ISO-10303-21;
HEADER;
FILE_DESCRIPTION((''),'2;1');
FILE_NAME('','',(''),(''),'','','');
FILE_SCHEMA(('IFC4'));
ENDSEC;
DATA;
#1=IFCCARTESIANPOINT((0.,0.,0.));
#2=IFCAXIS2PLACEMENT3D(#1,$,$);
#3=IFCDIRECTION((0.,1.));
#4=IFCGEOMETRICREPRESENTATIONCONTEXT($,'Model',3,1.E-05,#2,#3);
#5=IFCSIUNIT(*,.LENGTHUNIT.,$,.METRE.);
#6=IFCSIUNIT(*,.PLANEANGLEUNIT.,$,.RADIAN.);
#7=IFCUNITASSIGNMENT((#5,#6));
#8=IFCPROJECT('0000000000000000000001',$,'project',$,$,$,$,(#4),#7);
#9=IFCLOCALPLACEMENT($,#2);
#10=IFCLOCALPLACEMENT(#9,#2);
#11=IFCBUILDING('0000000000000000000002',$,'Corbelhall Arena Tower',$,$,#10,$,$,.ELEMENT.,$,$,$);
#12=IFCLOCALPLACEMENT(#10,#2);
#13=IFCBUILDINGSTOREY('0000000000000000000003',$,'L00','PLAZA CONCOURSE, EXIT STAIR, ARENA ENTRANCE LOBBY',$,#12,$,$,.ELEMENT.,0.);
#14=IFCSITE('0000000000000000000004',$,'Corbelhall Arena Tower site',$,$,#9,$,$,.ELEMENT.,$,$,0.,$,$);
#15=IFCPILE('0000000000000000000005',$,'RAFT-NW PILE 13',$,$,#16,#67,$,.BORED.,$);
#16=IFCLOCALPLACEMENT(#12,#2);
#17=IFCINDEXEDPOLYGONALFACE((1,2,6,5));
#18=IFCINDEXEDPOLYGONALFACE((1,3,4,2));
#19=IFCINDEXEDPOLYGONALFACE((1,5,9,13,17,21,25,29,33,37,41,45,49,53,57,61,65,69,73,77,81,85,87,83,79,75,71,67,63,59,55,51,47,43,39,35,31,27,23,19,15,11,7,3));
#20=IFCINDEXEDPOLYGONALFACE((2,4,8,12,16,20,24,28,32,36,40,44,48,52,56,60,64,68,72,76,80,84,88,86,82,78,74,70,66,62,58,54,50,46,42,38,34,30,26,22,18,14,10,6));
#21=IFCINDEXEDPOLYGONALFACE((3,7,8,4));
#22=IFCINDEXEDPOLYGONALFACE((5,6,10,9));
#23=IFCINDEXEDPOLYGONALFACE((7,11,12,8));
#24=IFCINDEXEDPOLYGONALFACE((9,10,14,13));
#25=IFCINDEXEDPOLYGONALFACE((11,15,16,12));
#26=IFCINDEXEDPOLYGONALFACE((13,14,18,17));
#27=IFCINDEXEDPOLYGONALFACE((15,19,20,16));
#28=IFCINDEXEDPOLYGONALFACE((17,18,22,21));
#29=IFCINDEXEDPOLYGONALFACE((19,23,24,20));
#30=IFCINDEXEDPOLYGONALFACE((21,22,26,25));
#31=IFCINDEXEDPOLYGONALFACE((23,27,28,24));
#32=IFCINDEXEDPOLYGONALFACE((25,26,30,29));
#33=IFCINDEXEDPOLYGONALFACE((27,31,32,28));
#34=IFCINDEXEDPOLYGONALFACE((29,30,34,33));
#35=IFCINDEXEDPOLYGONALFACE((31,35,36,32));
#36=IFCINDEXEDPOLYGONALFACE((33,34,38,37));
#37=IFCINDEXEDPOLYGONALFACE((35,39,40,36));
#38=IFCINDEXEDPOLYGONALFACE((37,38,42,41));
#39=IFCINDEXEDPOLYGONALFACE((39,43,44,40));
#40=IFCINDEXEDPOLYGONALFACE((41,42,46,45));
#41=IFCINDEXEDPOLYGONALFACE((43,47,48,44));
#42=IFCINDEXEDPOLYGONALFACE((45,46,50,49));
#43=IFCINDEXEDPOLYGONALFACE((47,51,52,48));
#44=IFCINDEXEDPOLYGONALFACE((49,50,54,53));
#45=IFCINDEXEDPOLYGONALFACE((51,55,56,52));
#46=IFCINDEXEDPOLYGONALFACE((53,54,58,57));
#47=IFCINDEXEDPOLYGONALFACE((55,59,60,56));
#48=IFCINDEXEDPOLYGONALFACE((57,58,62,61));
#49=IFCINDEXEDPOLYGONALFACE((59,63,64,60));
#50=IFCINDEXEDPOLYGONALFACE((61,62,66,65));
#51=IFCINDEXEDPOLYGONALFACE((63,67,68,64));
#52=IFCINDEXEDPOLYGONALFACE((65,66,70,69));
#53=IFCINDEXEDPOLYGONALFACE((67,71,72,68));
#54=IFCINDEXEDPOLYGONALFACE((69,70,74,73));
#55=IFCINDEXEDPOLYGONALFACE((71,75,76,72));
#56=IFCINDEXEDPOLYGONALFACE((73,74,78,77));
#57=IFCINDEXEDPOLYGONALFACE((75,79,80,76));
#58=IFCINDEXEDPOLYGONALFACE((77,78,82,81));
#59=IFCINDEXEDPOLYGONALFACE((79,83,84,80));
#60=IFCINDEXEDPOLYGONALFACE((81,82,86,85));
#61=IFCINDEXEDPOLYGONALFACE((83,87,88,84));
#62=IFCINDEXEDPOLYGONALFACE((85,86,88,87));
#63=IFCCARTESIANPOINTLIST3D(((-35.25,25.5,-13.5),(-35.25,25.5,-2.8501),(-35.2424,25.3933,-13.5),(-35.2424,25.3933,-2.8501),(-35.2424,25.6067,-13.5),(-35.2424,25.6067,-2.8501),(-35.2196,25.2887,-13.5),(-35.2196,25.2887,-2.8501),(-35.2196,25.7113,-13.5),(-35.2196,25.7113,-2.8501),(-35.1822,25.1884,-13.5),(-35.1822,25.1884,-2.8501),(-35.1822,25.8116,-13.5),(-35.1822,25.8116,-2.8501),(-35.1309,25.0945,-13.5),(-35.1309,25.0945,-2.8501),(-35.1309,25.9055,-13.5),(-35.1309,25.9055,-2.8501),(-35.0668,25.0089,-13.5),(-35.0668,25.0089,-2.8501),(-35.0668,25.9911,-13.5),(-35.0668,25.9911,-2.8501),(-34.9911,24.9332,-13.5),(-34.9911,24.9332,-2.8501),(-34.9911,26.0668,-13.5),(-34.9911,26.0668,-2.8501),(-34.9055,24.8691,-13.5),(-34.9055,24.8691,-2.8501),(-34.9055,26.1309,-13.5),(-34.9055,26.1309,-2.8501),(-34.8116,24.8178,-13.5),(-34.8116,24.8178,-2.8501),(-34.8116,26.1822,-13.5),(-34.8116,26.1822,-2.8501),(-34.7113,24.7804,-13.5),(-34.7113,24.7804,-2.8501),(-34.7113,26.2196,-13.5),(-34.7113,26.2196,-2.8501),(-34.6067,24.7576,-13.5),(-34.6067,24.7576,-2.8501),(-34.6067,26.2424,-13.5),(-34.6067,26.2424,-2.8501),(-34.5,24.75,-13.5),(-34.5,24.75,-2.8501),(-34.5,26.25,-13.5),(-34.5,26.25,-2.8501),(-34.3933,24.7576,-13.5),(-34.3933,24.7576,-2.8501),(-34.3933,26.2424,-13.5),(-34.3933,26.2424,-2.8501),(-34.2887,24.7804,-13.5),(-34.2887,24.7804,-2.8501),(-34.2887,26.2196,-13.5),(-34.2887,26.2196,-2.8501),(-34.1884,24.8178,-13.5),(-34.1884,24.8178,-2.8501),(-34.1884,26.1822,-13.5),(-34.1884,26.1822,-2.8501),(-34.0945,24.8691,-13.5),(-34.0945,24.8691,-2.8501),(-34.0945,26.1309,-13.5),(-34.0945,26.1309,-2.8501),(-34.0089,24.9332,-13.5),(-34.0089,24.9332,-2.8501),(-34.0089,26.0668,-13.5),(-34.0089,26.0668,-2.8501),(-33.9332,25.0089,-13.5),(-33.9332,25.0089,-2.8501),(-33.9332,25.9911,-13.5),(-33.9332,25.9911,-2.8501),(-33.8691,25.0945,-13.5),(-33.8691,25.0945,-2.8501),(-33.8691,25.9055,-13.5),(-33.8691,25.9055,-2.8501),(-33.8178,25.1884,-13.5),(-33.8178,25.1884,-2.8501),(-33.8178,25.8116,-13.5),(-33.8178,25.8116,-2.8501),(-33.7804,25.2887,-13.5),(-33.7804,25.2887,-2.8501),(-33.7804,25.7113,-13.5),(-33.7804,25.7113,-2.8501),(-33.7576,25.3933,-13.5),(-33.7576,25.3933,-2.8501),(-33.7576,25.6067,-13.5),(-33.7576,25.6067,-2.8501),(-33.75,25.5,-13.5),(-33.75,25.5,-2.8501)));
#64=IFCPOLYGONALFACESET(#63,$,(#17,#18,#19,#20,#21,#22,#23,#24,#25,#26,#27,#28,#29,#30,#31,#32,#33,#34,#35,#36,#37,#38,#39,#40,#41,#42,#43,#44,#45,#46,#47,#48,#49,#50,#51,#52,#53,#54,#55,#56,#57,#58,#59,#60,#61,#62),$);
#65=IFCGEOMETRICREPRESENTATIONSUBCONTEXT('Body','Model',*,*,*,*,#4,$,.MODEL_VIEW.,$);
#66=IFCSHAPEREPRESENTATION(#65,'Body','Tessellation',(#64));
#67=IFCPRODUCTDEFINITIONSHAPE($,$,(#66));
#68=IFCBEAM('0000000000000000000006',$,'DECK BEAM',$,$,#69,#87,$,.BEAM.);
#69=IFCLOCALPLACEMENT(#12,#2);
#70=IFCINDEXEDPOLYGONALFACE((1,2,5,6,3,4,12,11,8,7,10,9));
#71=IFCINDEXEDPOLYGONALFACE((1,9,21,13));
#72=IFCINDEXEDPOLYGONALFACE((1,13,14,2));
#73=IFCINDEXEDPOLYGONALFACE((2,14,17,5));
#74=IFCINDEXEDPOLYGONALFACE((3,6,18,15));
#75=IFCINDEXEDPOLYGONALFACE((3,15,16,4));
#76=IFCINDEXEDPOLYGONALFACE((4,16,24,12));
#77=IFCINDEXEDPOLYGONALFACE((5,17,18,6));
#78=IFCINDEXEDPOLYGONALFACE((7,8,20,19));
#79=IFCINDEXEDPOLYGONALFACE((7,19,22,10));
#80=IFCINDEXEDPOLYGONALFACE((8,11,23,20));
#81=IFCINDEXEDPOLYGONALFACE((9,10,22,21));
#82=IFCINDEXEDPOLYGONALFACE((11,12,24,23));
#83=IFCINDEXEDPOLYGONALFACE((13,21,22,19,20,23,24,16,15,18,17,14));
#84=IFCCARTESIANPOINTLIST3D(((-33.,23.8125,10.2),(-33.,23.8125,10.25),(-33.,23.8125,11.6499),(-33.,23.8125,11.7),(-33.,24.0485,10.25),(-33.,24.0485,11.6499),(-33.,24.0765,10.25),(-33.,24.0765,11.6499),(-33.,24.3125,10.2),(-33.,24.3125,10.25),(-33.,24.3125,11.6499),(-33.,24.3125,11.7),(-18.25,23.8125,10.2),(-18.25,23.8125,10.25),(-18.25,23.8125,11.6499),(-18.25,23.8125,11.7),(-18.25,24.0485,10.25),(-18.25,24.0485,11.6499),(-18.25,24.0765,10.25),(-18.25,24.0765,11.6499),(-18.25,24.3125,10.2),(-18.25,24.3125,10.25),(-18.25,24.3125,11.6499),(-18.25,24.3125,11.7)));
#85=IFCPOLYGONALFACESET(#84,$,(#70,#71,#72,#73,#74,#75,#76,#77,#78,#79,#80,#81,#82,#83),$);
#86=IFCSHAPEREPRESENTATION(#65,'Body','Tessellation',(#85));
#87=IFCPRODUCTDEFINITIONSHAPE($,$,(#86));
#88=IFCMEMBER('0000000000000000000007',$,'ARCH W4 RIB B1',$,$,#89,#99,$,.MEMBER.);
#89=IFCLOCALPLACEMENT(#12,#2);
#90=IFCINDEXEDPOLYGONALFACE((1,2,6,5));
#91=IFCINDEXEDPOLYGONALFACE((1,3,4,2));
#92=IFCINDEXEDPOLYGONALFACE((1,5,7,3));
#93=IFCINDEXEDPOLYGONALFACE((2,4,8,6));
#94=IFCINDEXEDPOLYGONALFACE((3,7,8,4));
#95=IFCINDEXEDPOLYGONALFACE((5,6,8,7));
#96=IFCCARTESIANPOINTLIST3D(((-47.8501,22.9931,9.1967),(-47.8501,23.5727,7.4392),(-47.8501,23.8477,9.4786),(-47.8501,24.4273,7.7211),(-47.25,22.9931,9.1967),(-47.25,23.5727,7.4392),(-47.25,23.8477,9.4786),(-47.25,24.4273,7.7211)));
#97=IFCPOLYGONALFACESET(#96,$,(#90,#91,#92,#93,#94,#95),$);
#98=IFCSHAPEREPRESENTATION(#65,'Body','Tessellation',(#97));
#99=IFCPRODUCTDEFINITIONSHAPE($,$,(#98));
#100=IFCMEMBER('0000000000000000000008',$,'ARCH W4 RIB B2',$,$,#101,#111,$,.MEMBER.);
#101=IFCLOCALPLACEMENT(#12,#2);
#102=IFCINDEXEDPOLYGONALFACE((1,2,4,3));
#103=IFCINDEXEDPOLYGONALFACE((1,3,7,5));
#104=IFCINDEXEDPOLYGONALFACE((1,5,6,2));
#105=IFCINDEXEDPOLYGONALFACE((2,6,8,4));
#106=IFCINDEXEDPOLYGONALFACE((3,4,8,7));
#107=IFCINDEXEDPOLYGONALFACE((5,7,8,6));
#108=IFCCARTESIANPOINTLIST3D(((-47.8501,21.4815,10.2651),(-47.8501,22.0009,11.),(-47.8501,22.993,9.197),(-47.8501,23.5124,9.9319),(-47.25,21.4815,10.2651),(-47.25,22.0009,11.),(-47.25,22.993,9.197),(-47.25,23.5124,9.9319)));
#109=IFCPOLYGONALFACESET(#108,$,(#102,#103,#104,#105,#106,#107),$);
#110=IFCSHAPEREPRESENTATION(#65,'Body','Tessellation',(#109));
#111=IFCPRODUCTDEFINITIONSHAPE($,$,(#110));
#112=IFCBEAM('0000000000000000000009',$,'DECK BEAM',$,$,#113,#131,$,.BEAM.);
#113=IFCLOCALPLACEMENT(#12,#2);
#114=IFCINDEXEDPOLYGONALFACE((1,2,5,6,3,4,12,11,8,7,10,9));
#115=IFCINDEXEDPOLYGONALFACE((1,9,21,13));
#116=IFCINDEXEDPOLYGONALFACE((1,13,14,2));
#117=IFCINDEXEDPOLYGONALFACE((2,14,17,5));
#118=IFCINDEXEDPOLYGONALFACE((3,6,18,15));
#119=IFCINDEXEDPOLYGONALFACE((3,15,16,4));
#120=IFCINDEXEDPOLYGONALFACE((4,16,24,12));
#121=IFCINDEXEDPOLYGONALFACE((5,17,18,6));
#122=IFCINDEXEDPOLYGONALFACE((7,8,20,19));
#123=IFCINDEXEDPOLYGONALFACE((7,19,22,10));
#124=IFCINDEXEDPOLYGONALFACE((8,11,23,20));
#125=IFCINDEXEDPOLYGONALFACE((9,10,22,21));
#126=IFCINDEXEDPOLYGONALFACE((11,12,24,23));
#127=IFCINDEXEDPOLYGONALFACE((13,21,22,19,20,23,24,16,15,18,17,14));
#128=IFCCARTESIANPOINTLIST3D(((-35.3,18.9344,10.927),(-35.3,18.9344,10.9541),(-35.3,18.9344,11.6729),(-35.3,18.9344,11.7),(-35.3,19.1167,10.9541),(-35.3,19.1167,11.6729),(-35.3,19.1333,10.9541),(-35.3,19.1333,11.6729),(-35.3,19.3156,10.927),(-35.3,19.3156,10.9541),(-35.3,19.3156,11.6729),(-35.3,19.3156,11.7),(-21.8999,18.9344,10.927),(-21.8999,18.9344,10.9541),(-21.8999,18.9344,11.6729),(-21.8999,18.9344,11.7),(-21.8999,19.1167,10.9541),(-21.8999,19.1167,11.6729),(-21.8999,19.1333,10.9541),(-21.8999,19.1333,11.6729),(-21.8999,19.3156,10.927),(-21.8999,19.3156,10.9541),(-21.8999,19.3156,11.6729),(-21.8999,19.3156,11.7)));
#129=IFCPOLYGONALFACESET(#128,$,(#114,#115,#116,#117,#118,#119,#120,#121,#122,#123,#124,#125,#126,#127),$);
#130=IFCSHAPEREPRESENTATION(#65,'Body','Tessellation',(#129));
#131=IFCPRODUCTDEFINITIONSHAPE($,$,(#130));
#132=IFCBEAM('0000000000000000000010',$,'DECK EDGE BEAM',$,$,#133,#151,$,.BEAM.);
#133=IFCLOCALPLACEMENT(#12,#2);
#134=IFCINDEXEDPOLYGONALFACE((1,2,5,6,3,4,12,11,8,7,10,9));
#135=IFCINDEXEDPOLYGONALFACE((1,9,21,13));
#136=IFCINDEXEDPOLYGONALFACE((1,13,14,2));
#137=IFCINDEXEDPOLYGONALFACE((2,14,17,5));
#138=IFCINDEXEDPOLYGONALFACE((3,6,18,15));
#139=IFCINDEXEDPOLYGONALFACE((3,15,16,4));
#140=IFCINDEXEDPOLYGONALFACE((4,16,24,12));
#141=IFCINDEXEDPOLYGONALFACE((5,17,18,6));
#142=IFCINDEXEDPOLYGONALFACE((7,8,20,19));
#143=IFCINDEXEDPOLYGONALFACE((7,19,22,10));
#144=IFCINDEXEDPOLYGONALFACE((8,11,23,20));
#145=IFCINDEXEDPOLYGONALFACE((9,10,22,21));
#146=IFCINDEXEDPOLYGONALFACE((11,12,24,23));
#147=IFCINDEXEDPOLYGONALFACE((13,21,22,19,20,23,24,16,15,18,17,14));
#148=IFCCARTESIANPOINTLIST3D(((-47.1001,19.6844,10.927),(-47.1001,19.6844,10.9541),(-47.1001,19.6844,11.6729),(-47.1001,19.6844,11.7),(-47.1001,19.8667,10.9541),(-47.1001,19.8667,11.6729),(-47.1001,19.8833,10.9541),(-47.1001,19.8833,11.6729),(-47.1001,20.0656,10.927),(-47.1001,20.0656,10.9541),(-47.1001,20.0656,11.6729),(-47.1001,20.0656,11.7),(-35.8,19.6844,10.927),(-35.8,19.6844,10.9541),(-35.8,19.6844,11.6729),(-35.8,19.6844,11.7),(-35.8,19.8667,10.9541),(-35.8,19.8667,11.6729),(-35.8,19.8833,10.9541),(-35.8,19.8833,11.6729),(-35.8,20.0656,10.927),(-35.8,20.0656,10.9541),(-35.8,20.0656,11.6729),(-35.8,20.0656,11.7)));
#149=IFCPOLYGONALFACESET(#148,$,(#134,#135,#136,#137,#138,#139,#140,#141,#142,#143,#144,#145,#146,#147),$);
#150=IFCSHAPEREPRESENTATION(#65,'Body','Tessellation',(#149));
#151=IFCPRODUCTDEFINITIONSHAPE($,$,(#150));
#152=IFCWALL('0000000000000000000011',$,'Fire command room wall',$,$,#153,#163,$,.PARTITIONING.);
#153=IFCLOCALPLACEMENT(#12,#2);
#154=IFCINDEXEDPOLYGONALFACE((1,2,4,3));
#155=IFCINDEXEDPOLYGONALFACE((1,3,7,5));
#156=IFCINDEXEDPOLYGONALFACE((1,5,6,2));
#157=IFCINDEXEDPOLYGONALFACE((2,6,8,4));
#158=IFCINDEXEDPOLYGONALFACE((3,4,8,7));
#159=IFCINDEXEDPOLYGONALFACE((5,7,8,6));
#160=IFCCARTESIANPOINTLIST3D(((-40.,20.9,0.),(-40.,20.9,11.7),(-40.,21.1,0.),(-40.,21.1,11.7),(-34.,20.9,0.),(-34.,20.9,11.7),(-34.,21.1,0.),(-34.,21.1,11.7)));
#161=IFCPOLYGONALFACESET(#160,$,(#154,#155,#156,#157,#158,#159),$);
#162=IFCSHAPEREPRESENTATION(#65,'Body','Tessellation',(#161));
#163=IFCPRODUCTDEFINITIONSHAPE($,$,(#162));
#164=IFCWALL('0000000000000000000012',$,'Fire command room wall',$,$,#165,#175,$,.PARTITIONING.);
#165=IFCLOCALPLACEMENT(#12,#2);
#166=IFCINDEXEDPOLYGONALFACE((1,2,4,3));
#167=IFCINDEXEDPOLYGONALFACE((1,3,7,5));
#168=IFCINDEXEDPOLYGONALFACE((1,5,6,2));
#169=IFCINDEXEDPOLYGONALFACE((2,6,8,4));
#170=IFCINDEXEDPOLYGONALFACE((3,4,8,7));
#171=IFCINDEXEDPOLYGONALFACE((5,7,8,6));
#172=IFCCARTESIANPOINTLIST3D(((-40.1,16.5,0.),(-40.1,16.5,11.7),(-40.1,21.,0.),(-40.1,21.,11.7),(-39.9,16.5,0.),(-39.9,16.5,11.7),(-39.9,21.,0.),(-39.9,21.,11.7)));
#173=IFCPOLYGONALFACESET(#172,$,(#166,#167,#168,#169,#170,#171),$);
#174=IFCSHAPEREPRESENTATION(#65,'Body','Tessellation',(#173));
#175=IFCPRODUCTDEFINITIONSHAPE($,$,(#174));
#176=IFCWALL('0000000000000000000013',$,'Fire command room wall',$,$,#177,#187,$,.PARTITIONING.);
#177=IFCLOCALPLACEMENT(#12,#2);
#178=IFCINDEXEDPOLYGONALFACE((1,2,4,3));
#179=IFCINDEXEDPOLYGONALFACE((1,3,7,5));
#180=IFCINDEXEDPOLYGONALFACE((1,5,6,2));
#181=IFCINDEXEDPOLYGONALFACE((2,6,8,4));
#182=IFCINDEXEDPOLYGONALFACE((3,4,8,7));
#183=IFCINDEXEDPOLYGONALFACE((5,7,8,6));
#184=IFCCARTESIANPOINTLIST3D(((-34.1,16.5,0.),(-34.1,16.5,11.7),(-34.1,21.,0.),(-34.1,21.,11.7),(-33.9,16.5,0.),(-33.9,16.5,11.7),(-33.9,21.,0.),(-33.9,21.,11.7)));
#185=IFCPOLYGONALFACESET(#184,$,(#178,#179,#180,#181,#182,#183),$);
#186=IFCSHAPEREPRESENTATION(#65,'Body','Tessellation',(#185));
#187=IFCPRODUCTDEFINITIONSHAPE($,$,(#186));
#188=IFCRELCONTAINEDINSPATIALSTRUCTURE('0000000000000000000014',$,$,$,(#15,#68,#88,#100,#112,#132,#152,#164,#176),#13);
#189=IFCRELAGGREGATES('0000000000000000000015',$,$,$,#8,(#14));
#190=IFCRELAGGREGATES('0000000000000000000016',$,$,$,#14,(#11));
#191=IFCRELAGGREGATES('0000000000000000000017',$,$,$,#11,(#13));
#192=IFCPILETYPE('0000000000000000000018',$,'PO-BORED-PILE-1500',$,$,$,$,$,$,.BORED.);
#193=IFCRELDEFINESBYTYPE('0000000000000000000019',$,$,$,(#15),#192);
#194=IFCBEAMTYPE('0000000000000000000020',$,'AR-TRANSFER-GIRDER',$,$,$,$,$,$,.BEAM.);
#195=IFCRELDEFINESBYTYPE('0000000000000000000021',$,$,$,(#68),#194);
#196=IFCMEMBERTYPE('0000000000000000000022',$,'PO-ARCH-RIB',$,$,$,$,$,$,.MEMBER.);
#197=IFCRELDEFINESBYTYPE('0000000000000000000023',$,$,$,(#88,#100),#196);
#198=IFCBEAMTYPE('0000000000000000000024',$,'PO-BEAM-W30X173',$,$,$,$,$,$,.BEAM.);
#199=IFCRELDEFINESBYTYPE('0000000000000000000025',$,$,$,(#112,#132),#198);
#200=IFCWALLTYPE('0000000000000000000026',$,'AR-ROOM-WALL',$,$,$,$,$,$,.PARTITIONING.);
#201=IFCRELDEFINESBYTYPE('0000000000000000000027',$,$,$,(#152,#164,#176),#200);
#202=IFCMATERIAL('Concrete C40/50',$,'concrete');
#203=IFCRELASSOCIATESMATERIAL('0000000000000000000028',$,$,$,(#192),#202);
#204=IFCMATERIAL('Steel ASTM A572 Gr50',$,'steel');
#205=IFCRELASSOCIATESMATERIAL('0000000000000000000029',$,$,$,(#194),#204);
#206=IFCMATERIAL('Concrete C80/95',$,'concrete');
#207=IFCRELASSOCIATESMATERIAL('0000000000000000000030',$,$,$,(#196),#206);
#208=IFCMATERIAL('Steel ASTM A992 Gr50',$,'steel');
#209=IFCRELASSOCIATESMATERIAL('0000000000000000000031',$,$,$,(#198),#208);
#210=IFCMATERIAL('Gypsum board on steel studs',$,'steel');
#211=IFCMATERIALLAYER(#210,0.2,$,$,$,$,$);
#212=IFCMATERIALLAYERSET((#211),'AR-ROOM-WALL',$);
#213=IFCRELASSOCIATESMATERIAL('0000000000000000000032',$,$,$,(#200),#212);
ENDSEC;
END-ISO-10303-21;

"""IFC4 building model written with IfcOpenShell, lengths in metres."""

from ifc_helpers import new_model, si_unit, direction, frame, frame_2d, origin, origin_2d, place, context, subcontext, project, spatial, rectangle, circle, i_section, extrude, material, layer, layer_set, material_profile, profile_set, type_object, element, save


model = new_model("IFC4")

# Units and contexts
model_context = context("Model", 3, precision=1e-05, world=origin(), true_north=direction((0.0, 1.0)))
body_context = subcontext(model_context, "Body", "Model", "MODEL_VIEW")
ifc_project = project(units=[si_unit("LENGTHUNIT", "METRE"), si_unit("PLANEANGLEUNIT", "RADIAN")], contexts=[model_context])

# Site, building, storey
site_placement = place(None, origin())
site = spatial("IfcSite", under=ifc_project, at=site_placement, Name="Corbelhall Arena Tower site", CompositionType="ELEMENT", RefElevation=0.0)
building_placement = place(site_placement, origin())
building = spatial("IfcBuilding", under=site, at=building_placement, Name="Corbelhall Arena Tower", CompositionType="ELEMENT")
storey_placement = place(building_placement, origin())
storey = spatial("IfcBuildingStorey", under=building, at=storey_placement, Name="L00", Description="PLAZA CONCOURSE, EXIT STAIR, ARENA ENTRANCE LOBBY", CompositionType="ELEMENT", Elevation=0.0)

# Pile
ifc_material_1 = material(Name="Concrete C40/50", Category="concrete")
ifc_material_profile_1 = material_profile(ifc_material_1, circle(Radius=0.75, at=origin_2d()))
ifc_profile_set_1 = profile_set([ifc_material_profile_1], Name="Concrete C40/50")
pile_type = type_object("IfcPileType", Name="PO-BORED-PILE-1500", PredefinedType="BORED", material=ifc_profile_set_1)
for number, where, z_axis, x_axis, name in (
    (1, (-34.5, 25.5, -2.8501), (0.0, 0.0, -1.0), (1.0, 0.0, 0.0), "RAFT-NW PILE 13"),
):
    element("IfcPile", number, at=place(storey_placement, frame(where, z_axis=z_axis, x_axis=x_axis)), inside=storey, type_object=pile_type, Name=name, PredefinedType="BORED", context=body_context, shape_type="SweptSolid", body=[
        extrude(circle(Radius=0.75, at=origin_2d()), origin(), (0.0, 0.0, 1.0), 10.6499),
    ])

# Beam
ifc_material_2 = material(Name="Steel ASTM A572 Gr50", Category="steel")
ifc_material_profile_2 = material_profile(ifc_material_2, i_section(OverallWidth=0.5, OverallDepth=1.5, WebThickness=0.0281, FlangeThickness=0.05, at=origin_2d()))
ifc_profile_set_2 = profile_set([ifc_material_profile_2], Name="Steel ASTM A572 Gr50")
beam_type_1 = type_object("IfcBeamType", Name="AR-TRANSFER-GIRDER", PredefinedType="BEAM", material=ifc_profile_set_2)
beam_1_placement = place(storey_placement, frame((-33.0, 24.0625, 10.95), z_axis=(1.0, 0.0, 0.0), x_axis=(0.0, 1.0, 0.0)))
element("IfcBeam", 2, at=beam_1_placement, inside=storey, type_object=beam_type_1, Name="DECK BEAM", PredefinedType="BEAM", context=body_context, shape_type="SweptSolid", body=[
    extrude(i_section(OverallWidth=0.5, OverallDepth=1.5, WebThickness=0.0281, FlangeThickness=0.05, at=origin_2d()), origin(), (0.0, 0.0, 1.0), 14.75),
])

# Members
ifc_material_3 = material(Name="Concrete C80/95", Category="concrete")
ifc_material_profile_3 = material_profile(ifc_material_3, rectangle(XDim=0.6001, YDim=0.8999, at=origin_2d()))
ifc_profile_set_3 = profile_set([ifc_material_profile_3], Name="Concrete C80/95")
member_type = type_object("IfcMemberType", Name="PO-ARCH-RIB", PredefinedType="MEMBER", material=ifc_profile_set_3)
member_1_placement = place(storey_placement, frame((-47.55, 23.4204, 9.3376), z_axis=(0.0, 0.313179, -0.949694), x_axis=(-1.0, 0.0, 0.0)))
element("IfcMember", 3, at=member_1_placement, inside=storey, type_object=member_type, Name="ARCH W4 RIB B1", PredefinedType="MEMBER", context=body_context, shape_type="SweptSolid", body=[
    extrude(rectangle(XDim=0.6001, YDim=0.8999, at=origin_2d()), origin(), (0.0, 0.0, 1.0), 1.8506),
])
member_2_placement = place(storey_placement, frame((-47.55, 21.7412, 10.6326), z_axis=(0.0, 0.816664, -0.577113), x_axis=(-1.0, 0.0, 0.0)))
element("IfcMember", 4, at=member_2_placement, inside=storey, type_object=member_type, Name="ARCH W4 RIB B2", PredefinedType="MEMBER", context=body_context, shape_type="SweptSolid", body=[
    extrude(rectangle(XDim=0.6001, YDim=0.8999, at=origin_2d()), origin(), (0.0, 0.0, 1.0), 1.8508),
])

# Beams
ifc_material_4 = material(Name="Steel ASTM A992 Gr50", Category="steel")
ifc_material_profile_4 = material_profile(ifc_material_4, i_section(OverallWidth=0.3811, OverallDepth=0.7729, WebThickness=0.0166, FlangeThickness=0.0271, at=origin_2d()))
ifc_profile_set_4 = profile_set([ifc_material_profile_4], Name="Steel ASTM A992 Gr50")
beam_type_2 = type_object("IfcBeamType", Name="PO-BEAM-W30X173", PredefinedType="BEAM", material=ifc_profile_set_4)
beam_2_placement = place(storey_placement, frame((-35.3, 19.125, 11.3135), z_axis=(1.0, 0.0, 0.0), x_axis=(0.0, 1.0, 0.0)))
element("IfcBeam", 5, at=beam_2_placement, inside=storey, type_object=beam_type_2, Name="DECK BEAM", PredefinedType="BEAM", context=body_context, shape_type="SweptSolid", body=[
    extrude(i_section(OverallWidth=0.3811, OverallDepth=0.7729, WebThickness=0.0166, FlangeThickness=0.0271, at=origin_2d()), origin(), (0.0, 0.0, 1.0), 13.4001),
])
beam_3_placement = place(storey_placement, frame((-35.8, 19.875, 11.3135), z_axis=(-1.0, 0.0, 0.0), x_axis=(0.0, -1.0, 0.0)))
element("IfcBeam", 6, at=beam_3_placement, inside=storey, type_object=beam_type_2, Name="DECK EDGE BEAM", PredefinedType="BEAM", context=body_context, shape_type="SweptSolid", body=[
    extrude(i_section(OverallWidth=0.3811, OverallDepth=0.7729, WebThickness=0.0166, FlangeThickness=0.0271, at=origin_2d()), origin(), (0.0, 0.0, 1.0), 11.3),
])

# Shared definitions
ifc_material_5 = material(Name="Gypsum board on steel studs", Category="steel")
ifc_layer_1 = layer(ifc_material_5, 0.2)
ifc_layer_set_1 = layer_set([ifc_layer_1], Name="AR-ROOM-WALL")
wall_type_1 = type_object("IfcWallType", Name="AR-ROOM-WALL", PredefinedType="PARTITIONING", material=ifc_layer_set_1)

# Walls
wall_1_placement = place(storey_placement, frame((-34.0, 21.0, 0.0), z_axis=(0.0, 0.0, 1.0), x_axis=(-1.0, 0.0, 0.0)))
element("IfcWall", 7, at=wall_1_placement, inside=storey, type_object=wall_type_1, Name="Fire command room wall", PredefinedType="PARTITIONING", context=body_context, shape_type="SweptSolid", body=[
    extrude(rectangle(XDim=6.0, YDim=0.2, at=frame_2d((3.0, 0.0))), origin(), (0.0, 0.0, 1.0), 11.7),
])
for number, where, z_axis, x_axis, name in (
    (8, (-40.0, 21.0, 0.0), (0.0, 0.0, 1.0), (0.0, -1.0, 0.0), "Fire command room wall"),
    (9, (-34.0, 16.5, 0.0), (0.0, 0.0, 1.0), (0.0, 1.0, 0.0), "Fire command room wall"),
):
    element("IfcWall", number, at=place(storey_placement, frame(where, z_axis=z_axis, x_axis=x_axis)), inside=storey, type_object=wall_type_1, Name=name, PredefinedType="PARTITIONING", context=body_context, shape_type="SweptSolid", body=[
        extrude(rectangle(XDim=4.5, YDim=0.2, at=frame_2d((2.25, 0.0))), origin(), (0.0, 0.0, 1.0), 11.7),
    ])

save(model, "model.ifc")
